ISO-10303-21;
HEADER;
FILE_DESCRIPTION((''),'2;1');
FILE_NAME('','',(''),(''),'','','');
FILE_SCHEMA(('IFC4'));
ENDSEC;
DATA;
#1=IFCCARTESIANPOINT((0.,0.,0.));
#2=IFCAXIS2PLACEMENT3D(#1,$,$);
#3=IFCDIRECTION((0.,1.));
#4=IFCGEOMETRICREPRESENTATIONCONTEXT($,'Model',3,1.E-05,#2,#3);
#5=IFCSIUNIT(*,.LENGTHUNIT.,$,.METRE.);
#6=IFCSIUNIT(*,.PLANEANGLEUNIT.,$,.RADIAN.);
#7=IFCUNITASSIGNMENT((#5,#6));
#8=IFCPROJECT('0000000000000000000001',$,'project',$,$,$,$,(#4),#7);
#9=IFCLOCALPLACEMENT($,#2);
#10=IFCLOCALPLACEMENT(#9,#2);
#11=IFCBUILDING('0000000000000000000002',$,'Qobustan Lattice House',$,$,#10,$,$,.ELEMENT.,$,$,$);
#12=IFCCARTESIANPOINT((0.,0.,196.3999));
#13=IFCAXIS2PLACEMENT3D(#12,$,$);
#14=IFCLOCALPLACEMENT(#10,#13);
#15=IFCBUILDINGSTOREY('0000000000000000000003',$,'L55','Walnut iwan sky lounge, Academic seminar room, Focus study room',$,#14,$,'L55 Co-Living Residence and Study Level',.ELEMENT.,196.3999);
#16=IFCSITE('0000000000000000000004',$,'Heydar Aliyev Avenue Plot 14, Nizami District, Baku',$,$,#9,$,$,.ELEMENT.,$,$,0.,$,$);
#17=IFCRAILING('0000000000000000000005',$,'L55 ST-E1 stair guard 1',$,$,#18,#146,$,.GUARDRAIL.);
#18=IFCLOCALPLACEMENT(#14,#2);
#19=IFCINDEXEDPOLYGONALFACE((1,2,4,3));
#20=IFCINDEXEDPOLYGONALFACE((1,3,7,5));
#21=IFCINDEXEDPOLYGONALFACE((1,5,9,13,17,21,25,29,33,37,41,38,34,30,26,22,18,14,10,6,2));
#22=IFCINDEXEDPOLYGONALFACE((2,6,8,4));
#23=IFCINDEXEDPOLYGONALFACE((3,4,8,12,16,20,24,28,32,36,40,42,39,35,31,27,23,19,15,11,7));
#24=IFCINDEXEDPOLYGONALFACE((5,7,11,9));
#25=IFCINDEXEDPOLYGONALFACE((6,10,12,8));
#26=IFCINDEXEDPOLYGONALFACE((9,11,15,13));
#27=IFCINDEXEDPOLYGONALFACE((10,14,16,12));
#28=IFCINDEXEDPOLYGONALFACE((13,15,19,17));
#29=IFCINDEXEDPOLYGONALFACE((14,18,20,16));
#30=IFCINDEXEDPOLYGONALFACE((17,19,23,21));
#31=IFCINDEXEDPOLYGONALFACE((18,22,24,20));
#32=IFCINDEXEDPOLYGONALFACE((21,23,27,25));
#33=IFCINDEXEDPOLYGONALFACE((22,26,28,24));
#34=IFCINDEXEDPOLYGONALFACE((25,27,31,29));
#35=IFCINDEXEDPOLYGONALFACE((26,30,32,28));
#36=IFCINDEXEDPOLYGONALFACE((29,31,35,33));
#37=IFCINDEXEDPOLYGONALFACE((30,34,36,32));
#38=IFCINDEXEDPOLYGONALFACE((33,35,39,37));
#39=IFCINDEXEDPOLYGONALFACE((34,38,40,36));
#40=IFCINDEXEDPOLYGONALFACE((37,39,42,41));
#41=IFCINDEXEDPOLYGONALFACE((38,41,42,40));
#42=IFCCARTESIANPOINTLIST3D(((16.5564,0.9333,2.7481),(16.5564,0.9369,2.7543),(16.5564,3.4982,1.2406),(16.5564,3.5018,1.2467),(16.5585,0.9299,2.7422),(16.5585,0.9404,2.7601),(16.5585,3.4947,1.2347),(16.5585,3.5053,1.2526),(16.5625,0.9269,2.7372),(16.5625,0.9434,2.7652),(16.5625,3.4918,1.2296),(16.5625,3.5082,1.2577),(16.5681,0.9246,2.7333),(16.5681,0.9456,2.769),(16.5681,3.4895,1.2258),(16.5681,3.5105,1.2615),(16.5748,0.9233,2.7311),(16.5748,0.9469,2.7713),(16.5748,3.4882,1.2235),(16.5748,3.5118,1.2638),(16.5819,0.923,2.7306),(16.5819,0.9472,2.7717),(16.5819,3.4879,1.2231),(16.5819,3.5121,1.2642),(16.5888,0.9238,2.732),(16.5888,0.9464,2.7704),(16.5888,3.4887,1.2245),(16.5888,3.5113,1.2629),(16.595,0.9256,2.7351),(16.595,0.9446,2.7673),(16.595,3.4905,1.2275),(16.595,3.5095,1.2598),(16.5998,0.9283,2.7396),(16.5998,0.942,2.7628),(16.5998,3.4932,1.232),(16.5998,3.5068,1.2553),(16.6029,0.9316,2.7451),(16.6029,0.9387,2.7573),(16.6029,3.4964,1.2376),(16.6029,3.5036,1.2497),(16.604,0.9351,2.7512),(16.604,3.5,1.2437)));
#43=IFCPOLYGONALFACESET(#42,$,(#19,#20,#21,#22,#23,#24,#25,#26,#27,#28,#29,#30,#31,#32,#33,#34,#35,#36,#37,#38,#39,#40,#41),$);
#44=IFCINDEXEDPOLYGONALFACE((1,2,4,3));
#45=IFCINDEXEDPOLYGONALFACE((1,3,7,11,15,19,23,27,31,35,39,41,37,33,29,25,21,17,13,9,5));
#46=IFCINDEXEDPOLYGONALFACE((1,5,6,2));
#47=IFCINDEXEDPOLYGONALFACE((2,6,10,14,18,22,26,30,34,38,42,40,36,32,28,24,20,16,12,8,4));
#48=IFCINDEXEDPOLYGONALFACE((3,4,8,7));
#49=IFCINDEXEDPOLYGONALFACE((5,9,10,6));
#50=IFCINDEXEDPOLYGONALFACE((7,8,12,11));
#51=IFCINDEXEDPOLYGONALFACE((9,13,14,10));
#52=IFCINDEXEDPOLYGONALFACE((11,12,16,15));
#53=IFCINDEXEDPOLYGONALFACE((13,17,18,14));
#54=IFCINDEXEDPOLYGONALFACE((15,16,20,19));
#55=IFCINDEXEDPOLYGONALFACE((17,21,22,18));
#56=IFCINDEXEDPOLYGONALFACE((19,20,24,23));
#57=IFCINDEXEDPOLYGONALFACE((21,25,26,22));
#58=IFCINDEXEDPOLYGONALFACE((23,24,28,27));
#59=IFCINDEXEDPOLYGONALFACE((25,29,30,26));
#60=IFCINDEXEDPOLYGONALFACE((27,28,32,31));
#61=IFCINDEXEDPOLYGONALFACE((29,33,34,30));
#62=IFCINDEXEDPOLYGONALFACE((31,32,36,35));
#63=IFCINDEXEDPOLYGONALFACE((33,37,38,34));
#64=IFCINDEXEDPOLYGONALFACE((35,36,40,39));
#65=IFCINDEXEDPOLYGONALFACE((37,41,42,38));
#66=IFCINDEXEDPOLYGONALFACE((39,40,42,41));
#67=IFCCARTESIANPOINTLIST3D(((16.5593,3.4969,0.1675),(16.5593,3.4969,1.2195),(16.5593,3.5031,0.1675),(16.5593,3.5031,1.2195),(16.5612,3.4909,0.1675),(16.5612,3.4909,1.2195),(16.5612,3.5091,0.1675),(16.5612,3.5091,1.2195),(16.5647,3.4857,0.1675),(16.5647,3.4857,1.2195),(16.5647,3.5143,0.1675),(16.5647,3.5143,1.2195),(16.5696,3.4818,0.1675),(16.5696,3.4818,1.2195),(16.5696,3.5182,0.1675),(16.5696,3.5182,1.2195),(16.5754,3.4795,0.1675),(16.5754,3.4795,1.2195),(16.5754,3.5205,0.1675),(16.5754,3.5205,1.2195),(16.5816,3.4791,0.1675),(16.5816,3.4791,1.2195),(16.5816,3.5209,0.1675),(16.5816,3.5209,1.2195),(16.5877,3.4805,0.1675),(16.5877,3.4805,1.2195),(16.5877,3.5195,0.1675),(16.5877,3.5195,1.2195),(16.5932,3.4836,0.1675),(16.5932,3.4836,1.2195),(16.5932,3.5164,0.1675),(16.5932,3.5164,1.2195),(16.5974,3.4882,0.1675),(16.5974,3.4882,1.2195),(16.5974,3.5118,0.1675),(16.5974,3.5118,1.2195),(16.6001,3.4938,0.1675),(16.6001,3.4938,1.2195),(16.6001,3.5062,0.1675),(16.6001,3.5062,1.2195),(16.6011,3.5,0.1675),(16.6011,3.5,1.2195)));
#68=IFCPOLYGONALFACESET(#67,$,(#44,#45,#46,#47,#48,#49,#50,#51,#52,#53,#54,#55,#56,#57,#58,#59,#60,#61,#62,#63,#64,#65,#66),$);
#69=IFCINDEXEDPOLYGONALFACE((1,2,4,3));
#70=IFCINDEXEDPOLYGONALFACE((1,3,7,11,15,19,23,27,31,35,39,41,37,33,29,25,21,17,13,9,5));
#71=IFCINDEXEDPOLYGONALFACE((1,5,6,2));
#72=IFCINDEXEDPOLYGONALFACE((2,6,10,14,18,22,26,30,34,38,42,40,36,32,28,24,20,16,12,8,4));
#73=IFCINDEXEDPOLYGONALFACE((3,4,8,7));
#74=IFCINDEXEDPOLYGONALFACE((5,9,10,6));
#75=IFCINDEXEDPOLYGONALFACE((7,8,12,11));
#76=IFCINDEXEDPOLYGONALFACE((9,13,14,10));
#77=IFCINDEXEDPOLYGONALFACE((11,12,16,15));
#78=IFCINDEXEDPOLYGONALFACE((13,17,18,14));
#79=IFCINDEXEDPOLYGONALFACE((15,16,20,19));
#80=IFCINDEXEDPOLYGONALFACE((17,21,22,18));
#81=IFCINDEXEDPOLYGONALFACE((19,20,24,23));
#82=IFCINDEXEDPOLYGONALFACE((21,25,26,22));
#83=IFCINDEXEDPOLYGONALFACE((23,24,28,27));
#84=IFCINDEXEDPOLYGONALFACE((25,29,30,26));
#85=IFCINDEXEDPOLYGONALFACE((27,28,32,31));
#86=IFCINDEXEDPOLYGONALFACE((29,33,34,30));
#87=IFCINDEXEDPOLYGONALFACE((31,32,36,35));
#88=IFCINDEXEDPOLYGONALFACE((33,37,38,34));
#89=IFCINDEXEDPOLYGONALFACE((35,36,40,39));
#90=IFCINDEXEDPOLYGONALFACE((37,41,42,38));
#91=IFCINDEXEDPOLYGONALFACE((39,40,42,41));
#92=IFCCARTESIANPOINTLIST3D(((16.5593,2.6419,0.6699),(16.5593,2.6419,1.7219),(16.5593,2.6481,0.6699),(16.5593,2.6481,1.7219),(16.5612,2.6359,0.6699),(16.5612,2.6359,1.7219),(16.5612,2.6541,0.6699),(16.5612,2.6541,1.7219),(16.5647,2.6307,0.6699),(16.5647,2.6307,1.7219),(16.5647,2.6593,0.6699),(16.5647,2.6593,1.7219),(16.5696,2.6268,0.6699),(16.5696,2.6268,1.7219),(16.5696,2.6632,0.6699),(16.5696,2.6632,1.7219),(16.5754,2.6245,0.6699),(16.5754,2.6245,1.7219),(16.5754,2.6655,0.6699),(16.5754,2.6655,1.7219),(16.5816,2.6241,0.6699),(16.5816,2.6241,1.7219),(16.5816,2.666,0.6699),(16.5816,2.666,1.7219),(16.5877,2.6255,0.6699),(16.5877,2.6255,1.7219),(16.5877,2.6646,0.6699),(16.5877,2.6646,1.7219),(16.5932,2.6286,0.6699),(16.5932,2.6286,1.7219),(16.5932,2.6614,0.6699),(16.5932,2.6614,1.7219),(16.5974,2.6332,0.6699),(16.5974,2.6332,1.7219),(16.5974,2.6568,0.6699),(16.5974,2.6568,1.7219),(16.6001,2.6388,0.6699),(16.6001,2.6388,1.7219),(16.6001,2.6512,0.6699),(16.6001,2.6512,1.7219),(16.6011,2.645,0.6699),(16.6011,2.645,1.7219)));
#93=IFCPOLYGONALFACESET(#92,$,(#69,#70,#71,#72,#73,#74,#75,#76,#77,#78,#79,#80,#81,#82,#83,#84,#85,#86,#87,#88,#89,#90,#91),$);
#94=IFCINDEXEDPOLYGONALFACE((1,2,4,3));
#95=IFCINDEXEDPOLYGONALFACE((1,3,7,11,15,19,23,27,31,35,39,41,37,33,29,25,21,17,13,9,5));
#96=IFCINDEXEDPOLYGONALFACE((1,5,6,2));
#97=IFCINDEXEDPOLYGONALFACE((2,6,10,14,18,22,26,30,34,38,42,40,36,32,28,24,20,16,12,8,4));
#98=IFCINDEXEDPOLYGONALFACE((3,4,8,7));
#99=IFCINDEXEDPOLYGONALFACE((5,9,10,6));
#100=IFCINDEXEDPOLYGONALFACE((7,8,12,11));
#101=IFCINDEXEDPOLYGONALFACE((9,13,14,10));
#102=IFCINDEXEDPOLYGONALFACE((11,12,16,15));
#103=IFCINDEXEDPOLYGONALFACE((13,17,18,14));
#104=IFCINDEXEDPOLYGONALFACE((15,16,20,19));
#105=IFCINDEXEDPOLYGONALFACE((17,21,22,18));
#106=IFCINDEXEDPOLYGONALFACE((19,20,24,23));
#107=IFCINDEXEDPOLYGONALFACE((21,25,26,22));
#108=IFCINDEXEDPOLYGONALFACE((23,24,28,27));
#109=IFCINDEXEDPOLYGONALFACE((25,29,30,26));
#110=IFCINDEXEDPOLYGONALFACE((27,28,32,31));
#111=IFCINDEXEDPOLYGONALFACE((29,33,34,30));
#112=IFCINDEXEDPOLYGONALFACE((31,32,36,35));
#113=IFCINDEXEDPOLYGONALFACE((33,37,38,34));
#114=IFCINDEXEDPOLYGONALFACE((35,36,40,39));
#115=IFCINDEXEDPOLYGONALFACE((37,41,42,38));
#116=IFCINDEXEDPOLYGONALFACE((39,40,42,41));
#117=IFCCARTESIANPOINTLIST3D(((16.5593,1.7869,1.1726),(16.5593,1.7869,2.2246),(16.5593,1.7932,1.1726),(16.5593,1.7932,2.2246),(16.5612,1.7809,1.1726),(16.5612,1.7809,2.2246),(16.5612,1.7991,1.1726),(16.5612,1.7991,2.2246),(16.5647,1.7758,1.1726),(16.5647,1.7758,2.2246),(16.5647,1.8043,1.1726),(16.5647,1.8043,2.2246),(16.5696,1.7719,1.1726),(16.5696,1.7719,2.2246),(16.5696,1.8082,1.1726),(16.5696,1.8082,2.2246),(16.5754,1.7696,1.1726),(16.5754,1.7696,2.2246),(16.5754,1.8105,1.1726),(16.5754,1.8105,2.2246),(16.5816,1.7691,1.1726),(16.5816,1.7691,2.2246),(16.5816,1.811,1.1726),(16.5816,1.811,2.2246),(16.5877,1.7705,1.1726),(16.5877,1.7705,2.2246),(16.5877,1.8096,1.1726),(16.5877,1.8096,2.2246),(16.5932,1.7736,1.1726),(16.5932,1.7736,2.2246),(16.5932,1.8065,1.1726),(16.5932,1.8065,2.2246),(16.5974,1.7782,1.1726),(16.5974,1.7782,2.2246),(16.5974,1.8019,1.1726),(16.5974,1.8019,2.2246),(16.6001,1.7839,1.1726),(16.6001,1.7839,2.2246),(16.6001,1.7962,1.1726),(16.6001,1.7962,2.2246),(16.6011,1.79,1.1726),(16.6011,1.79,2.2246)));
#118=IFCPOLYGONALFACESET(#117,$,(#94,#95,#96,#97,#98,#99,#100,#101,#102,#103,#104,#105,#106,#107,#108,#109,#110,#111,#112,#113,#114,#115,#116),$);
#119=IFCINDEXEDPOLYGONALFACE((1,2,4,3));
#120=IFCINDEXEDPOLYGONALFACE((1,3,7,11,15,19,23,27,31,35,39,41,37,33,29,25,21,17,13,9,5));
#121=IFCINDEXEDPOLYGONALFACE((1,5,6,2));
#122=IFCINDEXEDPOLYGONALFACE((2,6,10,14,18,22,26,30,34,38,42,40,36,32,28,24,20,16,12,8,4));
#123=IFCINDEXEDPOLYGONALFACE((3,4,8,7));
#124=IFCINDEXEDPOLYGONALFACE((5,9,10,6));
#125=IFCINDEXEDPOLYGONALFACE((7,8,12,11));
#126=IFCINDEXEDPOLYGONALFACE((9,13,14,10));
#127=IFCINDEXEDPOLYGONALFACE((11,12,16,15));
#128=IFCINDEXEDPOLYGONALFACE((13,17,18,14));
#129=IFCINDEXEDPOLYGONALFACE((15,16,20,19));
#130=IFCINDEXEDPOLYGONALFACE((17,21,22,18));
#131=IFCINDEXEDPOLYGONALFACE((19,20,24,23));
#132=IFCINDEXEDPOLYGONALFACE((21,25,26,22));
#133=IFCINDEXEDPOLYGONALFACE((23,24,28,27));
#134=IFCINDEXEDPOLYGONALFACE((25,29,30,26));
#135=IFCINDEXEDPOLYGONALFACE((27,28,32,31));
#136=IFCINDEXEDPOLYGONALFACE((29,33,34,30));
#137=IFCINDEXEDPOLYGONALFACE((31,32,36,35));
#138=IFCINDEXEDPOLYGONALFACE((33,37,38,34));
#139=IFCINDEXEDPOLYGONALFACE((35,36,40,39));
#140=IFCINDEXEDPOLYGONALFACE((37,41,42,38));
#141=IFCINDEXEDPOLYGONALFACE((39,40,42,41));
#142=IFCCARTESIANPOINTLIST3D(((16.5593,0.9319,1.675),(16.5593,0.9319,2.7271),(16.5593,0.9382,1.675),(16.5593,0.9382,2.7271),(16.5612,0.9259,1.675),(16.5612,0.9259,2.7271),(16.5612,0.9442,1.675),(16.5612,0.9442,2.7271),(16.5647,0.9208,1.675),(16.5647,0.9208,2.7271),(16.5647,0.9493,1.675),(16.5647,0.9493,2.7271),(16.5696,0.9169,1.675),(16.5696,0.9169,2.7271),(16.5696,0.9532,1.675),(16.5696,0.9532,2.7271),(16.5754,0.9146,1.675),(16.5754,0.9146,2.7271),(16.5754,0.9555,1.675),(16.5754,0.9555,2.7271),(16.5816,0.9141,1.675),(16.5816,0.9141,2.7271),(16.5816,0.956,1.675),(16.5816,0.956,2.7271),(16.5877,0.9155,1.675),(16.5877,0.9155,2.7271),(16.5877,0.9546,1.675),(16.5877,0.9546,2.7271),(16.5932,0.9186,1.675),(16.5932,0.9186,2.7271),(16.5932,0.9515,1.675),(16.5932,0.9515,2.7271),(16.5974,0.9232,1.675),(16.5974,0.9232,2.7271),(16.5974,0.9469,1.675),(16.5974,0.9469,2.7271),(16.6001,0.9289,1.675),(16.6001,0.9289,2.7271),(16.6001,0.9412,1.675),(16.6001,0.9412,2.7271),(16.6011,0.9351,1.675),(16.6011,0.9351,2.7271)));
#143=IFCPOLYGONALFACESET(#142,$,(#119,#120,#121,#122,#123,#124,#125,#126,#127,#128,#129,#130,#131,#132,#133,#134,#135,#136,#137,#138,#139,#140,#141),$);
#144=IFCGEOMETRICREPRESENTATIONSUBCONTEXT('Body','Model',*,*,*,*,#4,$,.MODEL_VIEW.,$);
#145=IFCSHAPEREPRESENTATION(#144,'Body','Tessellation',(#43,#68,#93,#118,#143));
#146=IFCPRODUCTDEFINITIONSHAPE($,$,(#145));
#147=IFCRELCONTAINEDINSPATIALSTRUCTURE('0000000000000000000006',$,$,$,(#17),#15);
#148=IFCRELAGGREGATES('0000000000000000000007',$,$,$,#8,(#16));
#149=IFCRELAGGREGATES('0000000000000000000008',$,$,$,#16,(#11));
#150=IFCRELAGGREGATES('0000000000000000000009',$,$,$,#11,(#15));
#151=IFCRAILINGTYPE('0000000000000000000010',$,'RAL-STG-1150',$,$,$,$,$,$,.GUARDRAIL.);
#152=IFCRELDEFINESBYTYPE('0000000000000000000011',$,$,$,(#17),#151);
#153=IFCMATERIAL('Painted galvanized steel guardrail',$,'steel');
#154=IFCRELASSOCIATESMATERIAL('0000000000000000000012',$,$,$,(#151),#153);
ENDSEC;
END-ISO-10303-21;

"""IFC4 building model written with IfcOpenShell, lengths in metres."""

from ifc_helpers import new_model, si_unit, direction, frame, origin, origin_2d, place, context, subcontext, project, spatial, circle, extrude, material, type_object, element, save


model = new_model("IFC4")

# Units and contexts
model_context = context("Model", 3, precision=1e-05, world=origin(), true_north=direction((0.0, 1.0)))
body_context = subcontext(model_context, "Body", "Model", "MODEL_VIEW")
ifc_project = project(units=[si_unit("LENGTHUNIT", "METRE"), si_unit("PLANEANGLEUNIT", "RADIAN")], contexts=[model_context])

# Site, building, storey
site_placement = place(None, origin())
site = spatial("IfcSite", under=ifc_project, at=site_placement, Name="Heydar Aliyev Avenue Plot 14, Nizami District, Baku", CompositionType="ELEMENT", RefElevation=0.0)
building_placement = place(site_placement, origin())
building = spatial("IfcBuilding", under=site, at=building_placement, Name="Qobustan Lattice House", CompositionType="ELEMENT")
storey_placement = place(building_placement, frame((0.0, 0.0, 196.3999)))
storey = spatial("IfcBuildingStorey", under=building, at=storey_placement, Name="L55", Description="Walnut iwan sky lounge, Academic seminar room, Focus study room", LongName="L55 Co-Living Residence and Study Level", CompositionType="ELEMENT", Elevation=196.3999)

# Railing
ifc_material_1 = material(Name="Painted galvanized steel guardrail", Category="steel")
railing_type_1 = type_object("IfcRailingType", Name="RAL-STG-1150", PredefinedType="GUARDRAIL", material=ifc_material_1)
railing_1_placement = place(storey_placement, frame((16.5801, 3.5, 0.1675)))
element("IfcRailing", 1, at=railing_1_placement, inside=storey, type_object=railing_type_1, Name="L55 ST-E1 stair guard 1", PredefinedType="GUARDRAIL", context=body_context, shape_type="SweptSolid", body=[
    extrude(circle(Radius=0.0239, at=origin_2d()), frame((0.0, 0.0, 1.0762), z_axis=(0.0, -0.862113, 0.506715), x_axis=(1.0, 0.0, 0.0)), (0.0, 0.0, 1.0), 2.9751),
    extrude(circle(Radius=0.021, at=origin_2d()), origin(), (0.0, 0.0, 1.0), 1.052),
    extrude(circle(Radius=0.021, at=origin_2d()), frame((0.0, -0.855, 0.5024)), (0.0, 0.0, 1.0), 1.052),
    extrude(circle(Radius=0.021, at=origin_2d()), frame((0.0, -1.71, 1.0051)), (0.0, 0.0, 1.0), 1.052),
    extrude(circle(Radius=0.021, at=origin_2d()), frame((0.0, -2.5649, 1.5076)), (0.0, 0.0, 1.0), 1.052),
])

save(model, "model.ifc")
